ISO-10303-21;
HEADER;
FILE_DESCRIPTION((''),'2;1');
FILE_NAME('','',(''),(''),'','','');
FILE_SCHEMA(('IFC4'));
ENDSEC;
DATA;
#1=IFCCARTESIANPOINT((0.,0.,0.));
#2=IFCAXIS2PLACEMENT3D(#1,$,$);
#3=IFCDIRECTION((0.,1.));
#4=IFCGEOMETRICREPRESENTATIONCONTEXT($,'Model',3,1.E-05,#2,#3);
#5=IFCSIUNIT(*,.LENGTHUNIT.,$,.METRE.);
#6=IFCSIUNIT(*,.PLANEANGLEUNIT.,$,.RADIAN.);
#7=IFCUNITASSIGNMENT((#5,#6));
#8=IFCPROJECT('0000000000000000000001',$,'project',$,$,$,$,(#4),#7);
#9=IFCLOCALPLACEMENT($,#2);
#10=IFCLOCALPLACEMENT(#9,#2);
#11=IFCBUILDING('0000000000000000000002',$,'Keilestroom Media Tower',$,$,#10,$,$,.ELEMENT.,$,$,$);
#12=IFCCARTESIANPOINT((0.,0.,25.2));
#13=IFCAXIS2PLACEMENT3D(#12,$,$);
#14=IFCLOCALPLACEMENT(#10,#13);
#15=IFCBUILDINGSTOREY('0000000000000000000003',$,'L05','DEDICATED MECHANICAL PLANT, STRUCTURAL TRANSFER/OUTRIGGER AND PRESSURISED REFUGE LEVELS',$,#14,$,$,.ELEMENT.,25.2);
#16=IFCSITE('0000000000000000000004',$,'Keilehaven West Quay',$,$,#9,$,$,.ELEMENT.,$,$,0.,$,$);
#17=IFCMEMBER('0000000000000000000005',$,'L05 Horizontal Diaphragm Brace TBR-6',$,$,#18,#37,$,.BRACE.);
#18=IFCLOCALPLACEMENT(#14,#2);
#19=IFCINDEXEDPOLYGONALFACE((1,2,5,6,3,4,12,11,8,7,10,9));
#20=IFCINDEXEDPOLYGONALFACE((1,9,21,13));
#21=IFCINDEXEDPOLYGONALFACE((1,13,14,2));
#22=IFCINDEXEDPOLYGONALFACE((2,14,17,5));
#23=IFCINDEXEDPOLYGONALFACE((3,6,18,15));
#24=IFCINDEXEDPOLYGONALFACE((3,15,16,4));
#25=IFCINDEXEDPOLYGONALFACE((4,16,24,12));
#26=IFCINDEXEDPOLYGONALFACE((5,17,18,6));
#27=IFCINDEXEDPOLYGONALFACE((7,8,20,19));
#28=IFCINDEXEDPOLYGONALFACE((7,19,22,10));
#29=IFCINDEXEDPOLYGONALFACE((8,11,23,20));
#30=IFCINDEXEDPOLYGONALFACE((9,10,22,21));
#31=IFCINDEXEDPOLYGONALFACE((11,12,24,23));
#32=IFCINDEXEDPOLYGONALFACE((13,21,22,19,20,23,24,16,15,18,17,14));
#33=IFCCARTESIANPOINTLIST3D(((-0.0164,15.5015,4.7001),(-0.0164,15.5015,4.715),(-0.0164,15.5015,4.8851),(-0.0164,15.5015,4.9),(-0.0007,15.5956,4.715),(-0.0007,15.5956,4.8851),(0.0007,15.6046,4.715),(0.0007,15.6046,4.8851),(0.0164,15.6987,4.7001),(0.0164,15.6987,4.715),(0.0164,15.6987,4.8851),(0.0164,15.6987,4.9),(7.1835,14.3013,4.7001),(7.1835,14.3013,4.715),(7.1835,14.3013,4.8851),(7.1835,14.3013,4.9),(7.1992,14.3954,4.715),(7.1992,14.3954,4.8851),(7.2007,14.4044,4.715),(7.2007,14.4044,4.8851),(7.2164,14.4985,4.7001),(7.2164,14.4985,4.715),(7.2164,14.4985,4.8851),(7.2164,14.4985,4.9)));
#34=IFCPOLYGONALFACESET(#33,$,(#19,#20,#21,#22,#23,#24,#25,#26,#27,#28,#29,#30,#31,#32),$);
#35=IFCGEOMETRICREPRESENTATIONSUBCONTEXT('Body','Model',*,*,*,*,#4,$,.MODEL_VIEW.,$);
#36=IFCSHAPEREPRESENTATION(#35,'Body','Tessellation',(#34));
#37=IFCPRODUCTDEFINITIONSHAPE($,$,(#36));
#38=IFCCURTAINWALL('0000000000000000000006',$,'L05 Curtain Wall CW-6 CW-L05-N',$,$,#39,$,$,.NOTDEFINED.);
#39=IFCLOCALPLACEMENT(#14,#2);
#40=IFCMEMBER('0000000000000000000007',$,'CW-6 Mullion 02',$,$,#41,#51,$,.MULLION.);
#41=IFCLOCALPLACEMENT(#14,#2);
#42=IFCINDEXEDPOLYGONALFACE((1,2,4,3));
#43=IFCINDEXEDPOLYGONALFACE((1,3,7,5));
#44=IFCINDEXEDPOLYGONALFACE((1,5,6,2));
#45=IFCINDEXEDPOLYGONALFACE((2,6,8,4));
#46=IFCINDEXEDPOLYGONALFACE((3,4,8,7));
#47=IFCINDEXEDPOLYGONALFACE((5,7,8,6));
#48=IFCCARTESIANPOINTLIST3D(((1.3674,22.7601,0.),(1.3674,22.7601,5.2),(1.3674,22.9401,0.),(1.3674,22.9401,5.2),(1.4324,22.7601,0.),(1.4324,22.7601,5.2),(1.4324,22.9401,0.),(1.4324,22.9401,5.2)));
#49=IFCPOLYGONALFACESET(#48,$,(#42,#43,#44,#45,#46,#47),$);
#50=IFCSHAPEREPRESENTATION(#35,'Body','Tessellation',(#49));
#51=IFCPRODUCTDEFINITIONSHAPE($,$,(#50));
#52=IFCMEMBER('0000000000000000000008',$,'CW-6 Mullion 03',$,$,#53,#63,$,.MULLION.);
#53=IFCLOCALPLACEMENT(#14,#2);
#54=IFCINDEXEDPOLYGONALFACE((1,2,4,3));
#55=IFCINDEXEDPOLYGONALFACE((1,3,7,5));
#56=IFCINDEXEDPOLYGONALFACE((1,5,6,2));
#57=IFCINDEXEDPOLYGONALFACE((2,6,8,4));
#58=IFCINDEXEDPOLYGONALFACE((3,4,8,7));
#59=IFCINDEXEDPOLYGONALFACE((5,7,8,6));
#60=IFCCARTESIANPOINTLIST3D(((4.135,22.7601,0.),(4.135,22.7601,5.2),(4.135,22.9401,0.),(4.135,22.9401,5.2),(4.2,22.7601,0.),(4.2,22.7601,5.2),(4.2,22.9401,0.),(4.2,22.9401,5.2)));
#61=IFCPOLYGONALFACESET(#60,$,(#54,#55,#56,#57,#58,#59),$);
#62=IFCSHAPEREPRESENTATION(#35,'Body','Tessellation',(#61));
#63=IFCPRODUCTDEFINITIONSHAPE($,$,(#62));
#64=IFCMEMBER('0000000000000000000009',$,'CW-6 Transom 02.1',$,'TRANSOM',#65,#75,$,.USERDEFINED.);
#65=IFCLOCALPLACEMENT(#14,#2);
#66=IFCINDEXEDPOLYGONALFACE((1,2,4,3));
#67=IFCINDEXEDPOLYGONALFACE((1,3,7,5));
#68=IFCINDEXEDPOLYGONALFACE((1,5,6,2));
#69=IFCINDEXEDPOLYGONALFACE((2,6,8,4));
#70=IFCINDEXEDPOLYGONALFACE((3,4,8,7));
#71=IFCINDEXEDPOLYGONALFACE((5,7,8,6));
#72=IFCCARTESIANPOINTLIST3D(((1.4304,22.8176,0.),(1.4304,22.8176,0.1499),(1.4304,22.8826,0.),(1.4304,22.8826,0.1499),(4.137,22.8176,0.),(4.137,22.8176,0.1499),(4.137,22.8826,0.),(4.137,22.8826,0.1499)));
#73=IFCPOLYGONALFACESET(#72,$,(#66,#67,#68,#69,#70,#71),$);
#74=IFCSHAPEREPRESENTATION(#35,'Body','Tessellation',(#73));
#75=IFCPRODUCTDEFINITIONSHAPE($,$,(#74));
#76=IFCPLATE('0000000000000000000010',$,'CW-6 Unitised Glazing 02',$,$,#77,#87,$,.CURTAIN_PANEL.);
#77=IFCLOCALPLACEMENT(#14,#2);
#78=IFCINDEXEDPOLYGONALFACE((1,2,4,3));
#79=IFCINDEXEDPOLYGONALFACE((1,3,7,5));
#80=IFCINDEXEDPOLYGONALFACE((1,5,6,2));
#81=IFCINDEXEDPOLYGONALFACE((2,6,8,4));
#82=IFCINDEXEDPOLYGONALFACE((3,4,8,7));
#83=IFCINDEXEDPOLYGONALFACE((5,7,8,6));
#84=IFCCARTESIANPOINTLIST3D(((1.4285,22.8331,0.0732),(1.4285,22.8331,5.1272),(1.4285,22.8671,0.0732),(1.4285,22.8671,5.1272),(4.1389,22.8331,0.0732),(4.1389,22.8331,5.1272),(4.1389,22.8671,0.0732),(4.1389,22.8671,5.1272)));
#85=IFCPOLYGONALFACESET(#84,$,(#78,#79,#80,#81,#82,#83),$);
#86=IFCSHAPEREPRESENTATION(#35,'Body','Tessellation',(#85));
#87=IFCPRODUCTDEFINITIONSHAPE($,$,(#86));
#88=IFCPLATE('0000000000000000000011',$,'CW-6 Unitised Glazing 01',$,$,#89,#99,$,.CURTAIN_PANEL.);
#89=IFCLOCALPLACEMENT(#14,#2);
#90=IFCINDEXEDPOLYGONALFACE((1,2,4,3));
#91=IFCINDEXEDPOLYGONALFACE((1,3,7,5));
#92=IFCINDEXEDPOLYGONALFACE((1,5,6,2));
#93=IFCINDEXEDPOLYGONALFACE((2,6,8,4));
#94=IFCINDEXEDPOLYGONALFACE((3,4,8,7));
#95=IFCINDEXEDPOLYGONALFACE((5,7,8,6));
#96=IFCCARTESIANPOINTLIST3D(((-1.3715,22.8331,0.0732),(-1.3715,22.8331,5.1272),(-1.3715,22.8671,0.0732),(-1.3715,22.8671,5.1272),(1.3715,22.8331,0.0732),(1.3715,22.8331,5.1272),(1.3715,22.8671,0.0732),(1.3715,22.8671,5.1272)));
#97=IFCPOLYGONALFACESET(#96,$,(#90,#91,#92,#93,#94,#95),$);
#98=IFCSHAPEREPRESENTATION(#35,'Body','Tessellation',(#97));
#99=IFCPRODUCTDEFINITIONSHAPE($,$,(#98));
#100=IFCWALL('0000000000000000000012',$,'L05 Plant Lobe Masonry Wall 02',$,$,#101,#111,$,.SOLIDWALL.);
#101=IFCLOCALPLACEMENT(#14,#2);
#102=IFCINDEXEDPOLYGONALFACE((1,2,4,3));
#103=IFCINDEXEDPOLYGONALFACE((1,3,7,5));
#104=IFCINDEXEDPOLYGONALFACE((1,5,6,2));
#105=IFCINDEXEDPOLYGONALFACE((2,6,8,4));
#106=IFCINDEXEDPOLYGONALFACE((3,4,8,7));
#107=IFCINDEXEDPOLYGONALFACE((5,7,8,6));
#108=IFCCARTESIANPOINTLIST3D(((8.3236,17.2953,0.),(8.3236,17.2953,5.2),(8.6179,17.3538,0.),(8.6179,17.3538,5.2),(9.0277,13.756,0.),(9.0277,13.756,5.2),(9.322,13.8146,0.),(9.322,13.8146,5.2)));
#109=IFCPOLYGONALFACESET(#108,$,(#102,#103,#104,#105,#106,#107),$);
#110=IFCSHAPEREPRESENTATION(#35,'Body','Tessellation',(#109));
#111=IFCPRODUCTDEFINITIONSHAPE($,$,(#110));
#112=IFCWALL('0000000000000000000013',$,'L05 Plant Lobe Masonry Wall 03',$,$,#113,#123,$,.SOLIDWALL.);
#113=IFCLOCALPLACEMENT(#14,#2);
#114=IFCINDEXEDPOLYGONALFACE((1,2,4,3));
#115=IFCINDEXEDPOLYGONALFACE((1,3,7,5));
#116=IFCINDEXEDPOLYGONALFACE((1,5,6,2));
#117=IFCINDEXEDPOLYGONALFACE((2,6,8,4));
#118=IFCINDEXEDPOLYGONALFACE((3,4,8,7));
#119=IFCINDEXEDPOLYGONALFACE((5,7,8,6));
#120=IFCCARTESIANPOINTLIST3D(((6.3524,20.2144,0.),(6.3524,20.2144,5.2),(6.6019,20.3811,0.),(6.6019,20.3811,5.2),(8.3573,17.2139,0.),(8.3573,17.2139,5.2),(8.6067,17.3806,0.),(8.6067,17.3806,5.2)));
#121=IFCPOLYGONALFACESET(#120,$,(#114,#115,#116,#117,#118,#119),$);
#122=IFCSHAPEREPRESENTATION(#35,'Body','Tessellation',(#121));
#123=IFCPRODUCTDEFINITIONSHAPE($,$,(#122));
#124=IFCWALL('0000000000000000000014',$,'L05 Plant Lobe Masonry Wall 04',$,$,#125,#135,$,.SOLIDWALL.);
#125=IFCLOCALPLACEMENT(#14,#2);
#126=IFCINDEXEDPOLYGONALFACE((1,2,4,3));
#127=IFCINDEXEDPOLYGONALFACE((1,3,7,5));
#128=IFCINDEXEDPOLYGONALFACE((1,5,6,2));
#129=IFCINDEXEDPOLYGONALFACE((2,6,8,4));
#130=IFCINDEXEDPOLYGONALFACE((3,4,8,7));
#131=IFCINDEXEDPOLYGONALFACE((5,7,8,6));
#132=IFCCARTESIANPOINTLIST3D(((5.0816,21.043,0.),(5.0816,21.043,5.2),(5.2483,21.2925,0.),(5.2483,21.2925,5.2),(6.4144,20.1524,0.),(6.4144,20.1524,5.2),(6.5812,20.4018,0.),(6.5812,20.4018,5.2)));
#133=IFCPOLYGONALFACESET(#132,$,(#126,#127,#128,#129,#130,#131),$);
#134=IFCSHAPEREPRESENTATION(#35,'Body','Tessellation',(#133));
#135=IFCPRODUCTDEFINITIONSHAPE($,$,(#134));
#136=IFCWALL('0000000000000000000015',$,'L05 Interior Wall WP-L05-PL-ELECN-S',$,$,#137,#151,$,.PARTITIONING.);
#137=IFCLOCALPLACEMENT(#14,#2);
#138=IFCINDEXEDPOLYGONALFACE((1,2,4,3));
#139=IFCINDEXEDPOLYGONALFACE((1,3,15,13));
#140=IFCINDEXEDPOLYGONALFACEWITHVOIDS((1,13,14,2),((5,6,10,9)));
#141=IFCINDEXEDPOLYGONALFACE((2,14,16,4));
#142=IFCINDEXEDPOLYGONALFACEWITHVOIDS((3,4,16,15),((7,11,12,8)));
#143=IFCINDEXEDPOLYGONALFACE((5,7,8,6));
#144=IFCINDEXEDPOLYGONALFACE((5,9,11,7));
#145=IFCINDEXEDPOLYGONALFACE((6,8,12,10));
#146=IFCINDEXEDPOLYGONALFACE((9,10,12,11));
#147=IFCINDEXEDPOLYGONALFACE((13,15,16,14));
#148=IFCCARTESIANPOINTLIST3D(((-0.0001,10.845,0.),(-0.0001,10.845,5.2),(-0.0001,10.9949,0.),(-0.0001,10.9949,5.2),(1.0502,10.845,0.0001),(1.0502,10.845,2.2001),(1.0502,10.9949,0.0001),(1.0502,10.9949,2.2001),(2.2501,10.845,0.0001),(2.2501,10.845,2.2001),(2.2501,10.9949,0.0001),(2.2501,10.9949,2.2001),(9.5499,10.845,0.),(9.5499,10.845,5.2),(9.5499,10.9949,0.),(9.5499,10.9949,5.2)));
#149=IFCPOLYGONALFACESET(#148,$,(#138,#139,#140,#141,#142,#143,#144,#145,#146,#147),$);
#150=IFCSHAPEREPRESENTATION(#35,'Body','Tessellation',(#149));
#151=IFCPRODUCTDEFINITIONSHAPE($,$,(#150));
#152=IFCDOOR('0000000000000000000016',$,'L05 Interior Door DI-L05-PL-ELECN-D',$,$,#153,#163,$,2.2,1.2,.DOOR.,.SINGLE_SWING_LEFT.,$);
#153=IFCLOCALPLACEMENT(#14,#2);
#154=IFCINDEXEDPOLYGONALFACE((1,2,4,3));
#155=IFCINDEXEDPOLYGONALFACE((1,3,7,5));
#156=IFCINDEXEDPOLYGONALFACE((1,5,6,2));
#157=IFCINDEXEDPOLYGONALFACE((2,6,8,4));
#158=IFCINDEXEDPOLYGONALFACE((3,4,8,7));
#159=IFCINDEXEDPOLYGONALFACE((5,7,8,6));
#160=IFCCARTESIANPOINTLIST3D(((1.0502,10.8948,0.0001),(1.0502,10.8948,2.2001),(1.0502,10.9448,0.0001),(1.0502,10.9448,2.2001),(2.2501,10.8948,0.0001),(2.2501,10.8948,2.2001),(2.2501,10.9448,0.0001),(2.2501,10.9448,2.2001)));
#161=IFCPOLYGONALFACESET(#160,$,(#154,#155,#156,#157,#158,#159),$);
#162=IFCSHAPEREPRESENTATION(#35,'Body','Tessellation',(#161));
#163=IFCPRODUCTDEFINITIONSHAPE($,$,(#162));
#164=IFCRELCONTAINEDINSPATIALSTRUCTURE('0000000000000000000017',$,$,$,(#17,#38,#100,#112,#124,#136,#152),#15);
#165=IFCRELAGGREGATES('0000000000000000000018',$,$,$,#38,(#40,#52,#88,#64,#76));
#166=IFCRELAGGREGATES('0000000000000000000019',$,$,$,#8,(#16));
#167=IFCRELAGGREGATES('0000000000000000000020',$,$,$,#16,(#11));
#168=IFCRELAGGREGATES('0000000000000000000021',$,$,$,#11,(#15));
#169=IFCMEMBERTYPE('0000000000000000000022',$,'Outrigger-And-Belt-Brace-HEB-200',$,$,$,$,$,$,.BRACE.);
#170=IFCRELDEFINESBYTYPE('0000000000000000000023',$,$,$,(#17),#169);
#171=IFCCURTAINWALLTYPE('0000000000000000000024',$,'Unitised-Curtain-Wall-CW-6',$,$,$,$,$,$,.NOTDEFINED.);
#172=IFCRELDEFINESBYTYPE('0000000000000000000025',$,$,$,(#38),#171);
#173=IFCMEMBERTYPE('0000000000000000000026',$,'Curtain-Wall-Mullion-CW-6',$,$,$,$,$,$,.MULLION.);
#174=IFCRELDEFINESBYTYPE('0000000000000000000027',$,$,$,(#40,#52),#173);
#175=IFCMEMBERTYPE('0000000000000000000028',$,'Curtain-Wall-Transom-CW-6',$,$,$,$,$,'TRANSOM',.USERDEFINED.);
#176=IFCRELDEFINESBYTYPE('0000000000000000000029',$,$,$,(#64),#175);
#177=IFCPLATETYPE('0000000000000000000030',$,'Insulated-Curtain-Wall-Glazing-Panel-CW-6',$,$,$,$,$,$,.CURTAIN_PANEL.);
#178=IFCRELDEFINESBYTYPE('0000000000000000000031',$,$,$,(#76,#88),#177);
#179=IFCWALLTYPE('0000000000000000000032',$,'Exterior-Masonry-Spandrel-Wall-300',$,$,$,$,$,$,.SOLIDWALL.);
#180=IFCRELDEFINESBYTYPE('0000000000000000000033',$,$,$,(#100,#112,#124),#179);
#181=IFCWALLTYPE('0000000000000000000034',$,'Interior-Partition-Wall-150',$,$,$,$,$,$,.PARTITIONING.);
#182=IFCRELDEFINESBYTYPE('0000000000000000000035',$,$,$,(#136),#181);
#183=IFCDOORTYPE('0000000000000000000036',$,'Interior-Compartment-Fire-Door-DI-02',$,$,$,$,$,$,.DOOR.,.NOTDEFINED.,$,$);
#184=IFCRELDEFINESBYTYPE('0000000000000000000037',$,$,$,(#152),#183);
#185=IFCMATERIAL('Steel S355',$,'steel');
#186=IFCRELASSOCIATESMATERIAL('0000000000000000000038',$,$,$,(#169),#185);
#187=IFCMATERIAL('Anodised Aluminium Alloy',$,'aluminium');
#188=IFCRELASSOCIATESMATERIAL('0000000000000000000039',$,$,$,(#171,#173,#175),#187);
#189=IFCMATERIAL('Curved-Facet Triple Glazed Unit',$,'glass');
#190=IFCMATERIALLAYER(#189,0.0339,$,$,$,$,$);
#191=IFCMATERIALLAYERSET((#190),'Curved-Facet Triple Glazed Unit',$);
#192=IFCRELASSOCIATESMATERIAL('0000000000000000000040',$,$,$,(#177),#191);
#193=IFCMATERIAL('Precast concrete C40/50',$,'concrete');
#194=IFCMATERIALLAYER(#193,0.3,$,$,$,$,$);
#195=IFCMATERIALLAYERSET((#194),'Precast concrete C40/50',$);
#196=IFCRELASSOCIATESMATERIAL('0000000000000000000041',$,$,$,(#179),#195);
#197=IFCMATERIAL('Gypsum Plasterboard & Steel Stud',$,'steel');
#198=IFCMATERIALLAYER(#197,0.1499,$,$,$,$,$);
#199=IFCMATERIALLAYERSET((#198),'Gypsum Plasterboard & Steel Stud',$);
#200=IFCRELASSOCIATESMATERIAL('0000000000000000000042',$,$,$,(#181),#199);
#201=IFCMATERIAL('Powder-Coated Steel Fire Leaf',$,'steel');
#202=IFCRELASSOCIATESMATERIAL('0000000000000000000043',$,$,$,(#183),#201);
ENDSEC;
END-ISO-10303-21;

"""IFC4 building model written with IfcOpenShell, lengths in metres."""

from ifc_helpers import new_model, si_unit, direction, frame, frame_2d, origin, origin_2d, place, context, subcontext, project, spatial, rectangle, i_section, extrude, source, transform, mapped, material, layer, layer_set, material_profile, profile_set, type_object, element, fill, aggregate, save


model = new_model("IFC4")

# Units and contexts
model_context = context("Model", 3, precision=1e-05, world=origin(), true_north=direction((0.0, 1.0)))
body_context = subcontext(model_context, "Body", "Model", "MODEL_VIEW")
ifc_project = project(units=[si_unit("LENGTHUNIT", "METRE"), si_unit("PLANEANGLEUNIT", "RADIAN")], contexts=[model_context])

# Site, building, storey
site_placement = place(None, origin())
site = spatial("IfcSite", under=ifc_project, at=site_placement, Name="Keilehaven West Quay", CompositionType="ELEMENT", RefElevation=0.0)
building_placement = place(site_placement, origin())
building = spatial("IfcBuilding", under=site, at=building_placement, Name="Keilestroom Media Tower", CompositionType="ELEMENT")
storey_placement = place(building_placement, frame((0.0, 0.0, 25.2)))
storey = spatial("IfcBuildingStorey", under=building, at=storey_placement, Name="L05", Description="DEDICATED MECHANICAL PLANT, STRUCTURAL TRANSFER/OUTRIGGER AND PRESSURISED REFUGE LEVELS", CompositionType="ELEMENT", Elevation=25.2)

# Shared definitions
ifc_material_1 = material(Name="Precast concrete C40/50", Category="concrete")

# Member
ifc_material_2 = material(Name="Steel S355", Category="steel")
ifc_material_profile_1 = material_profile(ifc_material_2, i_section(OverallWidth=0.2, OverallDepth=0.2, WebThickness=0.009, FlangeThickness=0.0149, at=origin_2d()), Name="HEB 200")
ifc_profile_set_1 = profile_set([ifc_material_profile_1], Name="Steel S355")
member_type_1 = type_object("IfcMemberType", Name="Outrigger-And-Belt-Brace-HEB-200", PredefinedType="BRACE", material=ifc_profile_set_1)
shared_shape_1 = source(origin(), body_context, "Body", "SweptSolid", [
    extrude(i_section(OverallWidth=0.2, OverallDepth=0.2, WebThickness=0.009, FlangeThickness=0.0149, at=origin_2d()), origin(), (0.0, 0.0, 1.0), 7.2993),
])
member_1_placement = place(storey_placement, frame((0.0, 15.6001, 4.8), z_axis=(0.986389, -0.164426, 0.0), x_axis=(0.164426, 0.986389, 0.0)))
element("IfcMember", 1, at=member_1_placement, inside=storey, type_object=member_type_1, Name="L05 Horizontal Diaphragm Brace TBR-6", PredefinedType="BRACE", context=body_context, shape_type="MappedRepresentation", body=[
    mapped(shared_shape_1, transform((0.0, 0.0, 0.0), x_axis=(1.0, 0.0, 0.0), y_axis=(0.0, 1.0, 0.0), z_axis=(0.0, 0.0, 1.0), scale=1.0)),
])

# Curtain wall, members, plates
ifc_material_3 = material(Name="Anodised Aluminium Alloy", Category="aluminium")
curtain_wall_type = type_object("IfcCurtainWallType", Name="Unitised-Curtain-Wall-CW-6", PredefinedType="NOTDEFINED", material=ifc_material_3)
curtain_wall_placement = place(storey_placement, origin())
curtain_wall = element("IfcCurtainWall", 2, at=curtain_wall_placement, inside=storey, type_object=curtain_wall_type, Name="L05 Curtain Wall CW-6 CW-L05-N", PredefinedType="NOTDEFINED")
ifc_material_profile_2 = material_profile(ifc_material_3, rectangle(XDim=0.0649, YDim=0.1799, at=origin_2d()), Name="ALU MULLION 65x180")
ifc_profile_set_2 = profile_set([ifc_material_profile_2], Name="Anodised Aluminium Alloy")
member_type_2 = type_object("IfcMemberType", Name="Curtain-Wall-Mullion-CW-6", PredefinedType="MULLION", material=ifc_profile_set_2)
shared_shape_2 = source(origin(), body_context, "Body", "SweptSolid", [
    extrude(rectangle(XDim=0.0649, YDim=0.1799, at=origin_2d()), origin(), (0.0, 0.0, 1.0), 5.2),
])
member_2_placement = place(storey_placement, frame((1.3999, 22.8501, 0.0), z_axis=(0.0, 0.0, 1.0), x_axis=(1.0, 0.0, 0.0)))
member_2 = element("IfcMember", 3, at=member_2_placement, type_object=member_type_2, Name="CW-6 Mullion 02", PredefinedType="MULLION", context=body_context, shape_type="MappedRepresentation", body=[
    mapped(shared_shape_2, transform((0.0, 0.0, 0.0), x_axis=(1.0, 0.0, 0.0), y_axis=(0.0, 1.0, 0.0), z_axis=(0.0, 0.0, 1.0), scale=1.0)),
])
member_3_placement = place(storey_placement, frame((4.1675, 22.8501, 0.0), z_axis=(0.0, 0.0, 1.0), x_axis=(1.0, 0.0, 0.0)))
member_3 = element("IfcMember", 4, at=member_3_placement, type_object=member_type_2, Name="CW-6 Mullion 03", PredefinedType="MULLION", context=body_context, shape_type="MappedRepresentation", body=[
    mapped(shared_shape_2, transform((0.0, 0.0, 0.0), x_axis=(1.0, 0.0, 0.0), y_axis=(0.0, 1.0, 0.0), z_axis=(0.0, 0.0, 1.0), scale=1.0)),
])
ifc_material_profile_3 = material_profile(ifc_material_3, rectangle(XDim=0.0649, YDim=0.1499, at=origin_2d()), Name="ALU TRANSOM 65x150")
ifc_profile_set_3 = profile_set([ifc_material_profile_3], Name="Anodised Aluminium Alloy")
member_type_3 = type_object("IfcMemberType", Name="Curtain-Wall-Transom-CW-6", ElementType="TRANSOM", PredefinedType="USERDEFINED", material=ifc_profile_set_3)
shared_shape_3 = source(origin(), body_context, "Body", "SweptSolid", [
    extrude(rectangle(XDim=0.0649, YDim=0.1499, at=origin_2d()), origin(), (0.0, 0.0, 1.0), 2.7065),
])
member_4_placement = place(storey_placement, frame((1.4304, 22.8501, 0.075), z_axis=(1.0, 0.0, 0.0), x_axis=(0.0, 1.0, 0.0)))
member_4 = element("IfcMember", 5, at=member_4_placement, type_object=member_type_3, Name="CW-6 Transom 02.1", ObjectType="TRANSOM", PredefinedType="USERDEFINED", context=body_context, shape_type="MappedRepresentation", body=[
    mapped(shared_shape_3, transform((0.0, 0.0, 0.0), x_axis=(1.0, 0.0, 0.0), y_axis=(0.0, 1.0, 0.0), z_axis=(0.0, 0.0, 1.0), scale=1.0)),
])
ifc_material_4 = material(Name="Curved-Facet Triple Glazed Unit", Category="glass")
ifc_layer_1 = layer(ifc_material_4, 0.0339)
ifc_layer_set_1 = layer_set([ifc_layer_1], Name="Curved-Facet Triple Glazed Unit")
plate_type = type_object("IfcPlateType", Name="Insulated-Curtain-Wall-Glazing-Panel-CW-6", PredefinedType="CURTAIN_PANEL", material=ifc_layer_set_1)
shared_shape_4 = source(origin(), body_context, "Body", "SweptSolid", [
    extrude(rectangle(XDim=2.7104, YDim=0.0339, at=origin_2d()), origin(), (0.0, 0.0, 1.0), 5.054),
])
plate_1_placement = place(storey_placement, frame((2.7837, 22.8501, 0.0732), z_axis=(0.0, 0.0, 1.0), x_axis=(1.0, 0.0, 0.0)))
plate_1 = element("IfcPlate", 6, at=plate_1_placement, type_object=plate_type, Name="CW-6 Unitised Glazing 02", PredefinedType="CURTAIN_PANEL", context=body_context, shape_type="MappedRepresentation", body=[
    mapped(shared_shape_4, transform((0.0, 0.0, 0.0), x_axis=(1.0, 0.0, 0.0), y_axis=(0.0, 1.0, 0.0), z_axis=(0.0, 0.0, 1.0), scale=1.0)),
])
shared_shape_5 = source(origin(), body_context, "Body", "SweptSolid", [
    extrude(rectangle(XDim=2.7429, YDim=0.0339, at=origin_2d()), origin(), (0.0, 0.0, 1.0), 5.054),
])
plate_2_placement = place(storey_placement, frame((0.0, 22.8501, 0.0732), z_axis=(0.0, 0.0, 1.0), x_axis=(1.0, 0.0, 0.0)))
plate_2 = element("IfcPlate", 7, at=plate_2_placement, type_object=plate_type, Name="CW-6 Unitised Glazing 01", PredefinedType="CURTAIN_PANEL", context=body_context, shape_type="MappedRepresentation", body=[
    mapped(shared_shape_5, transform((0.0, 0.0, 0.0), x_axis=(1.0, 0.0, 0.0), y_axis=(0.0, 1.0, 0.0), z_axis=(0.0, 0.0, 1.0), scale=1.0)),
])
aggregate(curtain_wall, [member_2, member_3, plate_2, member_4, plate_1])

# Walls
ifc_layer_2 = layer(ifc_material_1, 0.3)
ifc_layer_set_2 = layer_set([ifc_layer_2], Name="Precast concrete C40/50")
wall_type_1 = type_object("IfcWallType", Name="Exterior-Masonry-Spandrel-Wall-300", PredefinedType="SOLIDWALL", material=ifc_layer_set_2)
for number, where, z_axis, x_axis, name in (
    (8, (9.1748, 13.7854, 0.0), (0.0, 0.0, 1.0), (-0.195114, 0.980781, 0.0), "L05 Plant Lobe Masonry Wall 02"),
    (9, (8.4819, 17.2974, 0.0), (0.0, 0.0, 1.0), (-0.555574, 0.831467, 0.0), "L05 Plant Lobe Masonry Wall 03"),
):
    element("IfcWall", number, at=place(storey_placement, frame(where, z_axis=z_axis, x_axis=x_axis)), inside=storey, type_object=wall_type_1, Name=name, PredefinedType="SOLIDWALL", context=body_context, shape_type="SweptSolid", body=[
        extrude(rectangle(XDim=3.6086, YDim=0.3, at=frame_2d((1.8042, 0.0))), origin(), (0.0, 0.0, 1.0), 5.2),
    ])
wall_1_placement = place(storey_placement, frame((6.4978, 20.2771, 0.0), z_axis=(0.0, 0.0, 1.0), x_axis=(-0.831441, 0.555614, 0.0)))
element("IfcWall", 10, at=wall_1_placement, inside=storey, type_object=wall_type_1, Name="L05 Plant Lobe Masonry Wall 04", PredefinedType="SOLIDWALL", context=body_context, shape_type="SweptSolid", body=[
    extrude(rectangle(XDim=1.603, YDim=0.3, at=frame_2d((0.8015, 0.0))), origin(), (0.0, 0.0, 1.0), 5.2),
])

# Wall, opening, door
ifc_material_5 = material(Name="Gypsum Plasterboard & Steel Stud", Category="steel")
ifc_layer_3 = layer(ifc_material_5, 0.1499)
ifc_layer_set_3 = layer_set([ifc_layer_3], Name="Gypsum Plasterboard & Steel Stud")
wall_type_2 = type_object("IfcWallType", Name="Interior-Partition-Wall-150", PredefinedType="PARTITIONING", material=ifc_layer_set_3)
wall_2_placement = place(storey_placement, frame((0.0, 10.9199, 0.0), z_axis=(0.0, 0.0, 1.0), x_axis=(1.0, 0.0, 0.0)))
wall_2 = element("IfcWall", 11, at=wall_2_placement, inside=storey, type_object=wall_type_2, Name="L05 Interior Wall WP-L05-PL-ELECN-S", PredefinedType="PARTITIONING", context=body_context, shape_type="SweptSolid", body=[
    extrude(rectangle(XDim=9.55, YDim=0.1499, at=frame_2d((4.7749, 0.0))), origin(), (0.0, 0.0, 1.0), 5.2),
])
opening_placement = place(wall_2_placement, frame((1.05, 0.0, 0.0)))
opening = element("IfcOpeningElement", 12, at=opening_placement, cuts=wall_2, PredefinedType="OPENING", context=body_context, shape_type="SweptSolid", body=[
    extrude(rectangle(XDim=1.2, YDim=2.2, at=frame_2d((0.6001, 1.1001))), frame((0.0, 0.085, 0.0), z_axis=(0.0, -1.0, 0.0), x_axis=(1.0, 0.0, 0.0)), (0.0, 0.0, 1.0), 0.1699),
])
ifc_material_6 = material(Name="Powder-Coated Steel Fire Leaf", Category="steel")
door_type = type_object("IfcDoorType", Name="Interior-Compartment-Fire-Door-DI-02", OperationType="NOTDEFINED", PredefinedType="DOOR", material=ifc_material_6)
shared_shape_6 = source(origin(), body_context, "Body", "SweptSolid", [
    extrude(rectangle(XDim=1.2, YDim=2.2, at=frame_2d((0.6001, 1.1001))), frame((0.0, 0.0249, 0.0), z_axis=(0.0, -1.0, 0.0), x_axis=(1.0, 0.0, 0.0)), (0.0, 0.0, 1.0), 0.05),
])
door_placement = place(opening_placement, origin())
door = element("IfcDoor", 13, at=door_placement, inside=storey, type_object=door_type, Name="L05 Interior Door DI-L05-PL-ELECN-D", OperationType="SINGLE_SWING_LEFT", OverallHeight=2.2, OverallWidth=1.2, PredefinedType="DOOR", context=body_context, shape_type="MappedRepresentation", body=[
    mapped(shared_shape_6, transform((0.0, 0.0, 0.0), x_axis=(1.0, 0.0, 0.0), y_axis=(0.0, 1.0, 0.0), z_axis=(0.0, 0.0, 1.0), scale=1.0)),
])
fill(opening, door)

save(model, "model.ifc")
